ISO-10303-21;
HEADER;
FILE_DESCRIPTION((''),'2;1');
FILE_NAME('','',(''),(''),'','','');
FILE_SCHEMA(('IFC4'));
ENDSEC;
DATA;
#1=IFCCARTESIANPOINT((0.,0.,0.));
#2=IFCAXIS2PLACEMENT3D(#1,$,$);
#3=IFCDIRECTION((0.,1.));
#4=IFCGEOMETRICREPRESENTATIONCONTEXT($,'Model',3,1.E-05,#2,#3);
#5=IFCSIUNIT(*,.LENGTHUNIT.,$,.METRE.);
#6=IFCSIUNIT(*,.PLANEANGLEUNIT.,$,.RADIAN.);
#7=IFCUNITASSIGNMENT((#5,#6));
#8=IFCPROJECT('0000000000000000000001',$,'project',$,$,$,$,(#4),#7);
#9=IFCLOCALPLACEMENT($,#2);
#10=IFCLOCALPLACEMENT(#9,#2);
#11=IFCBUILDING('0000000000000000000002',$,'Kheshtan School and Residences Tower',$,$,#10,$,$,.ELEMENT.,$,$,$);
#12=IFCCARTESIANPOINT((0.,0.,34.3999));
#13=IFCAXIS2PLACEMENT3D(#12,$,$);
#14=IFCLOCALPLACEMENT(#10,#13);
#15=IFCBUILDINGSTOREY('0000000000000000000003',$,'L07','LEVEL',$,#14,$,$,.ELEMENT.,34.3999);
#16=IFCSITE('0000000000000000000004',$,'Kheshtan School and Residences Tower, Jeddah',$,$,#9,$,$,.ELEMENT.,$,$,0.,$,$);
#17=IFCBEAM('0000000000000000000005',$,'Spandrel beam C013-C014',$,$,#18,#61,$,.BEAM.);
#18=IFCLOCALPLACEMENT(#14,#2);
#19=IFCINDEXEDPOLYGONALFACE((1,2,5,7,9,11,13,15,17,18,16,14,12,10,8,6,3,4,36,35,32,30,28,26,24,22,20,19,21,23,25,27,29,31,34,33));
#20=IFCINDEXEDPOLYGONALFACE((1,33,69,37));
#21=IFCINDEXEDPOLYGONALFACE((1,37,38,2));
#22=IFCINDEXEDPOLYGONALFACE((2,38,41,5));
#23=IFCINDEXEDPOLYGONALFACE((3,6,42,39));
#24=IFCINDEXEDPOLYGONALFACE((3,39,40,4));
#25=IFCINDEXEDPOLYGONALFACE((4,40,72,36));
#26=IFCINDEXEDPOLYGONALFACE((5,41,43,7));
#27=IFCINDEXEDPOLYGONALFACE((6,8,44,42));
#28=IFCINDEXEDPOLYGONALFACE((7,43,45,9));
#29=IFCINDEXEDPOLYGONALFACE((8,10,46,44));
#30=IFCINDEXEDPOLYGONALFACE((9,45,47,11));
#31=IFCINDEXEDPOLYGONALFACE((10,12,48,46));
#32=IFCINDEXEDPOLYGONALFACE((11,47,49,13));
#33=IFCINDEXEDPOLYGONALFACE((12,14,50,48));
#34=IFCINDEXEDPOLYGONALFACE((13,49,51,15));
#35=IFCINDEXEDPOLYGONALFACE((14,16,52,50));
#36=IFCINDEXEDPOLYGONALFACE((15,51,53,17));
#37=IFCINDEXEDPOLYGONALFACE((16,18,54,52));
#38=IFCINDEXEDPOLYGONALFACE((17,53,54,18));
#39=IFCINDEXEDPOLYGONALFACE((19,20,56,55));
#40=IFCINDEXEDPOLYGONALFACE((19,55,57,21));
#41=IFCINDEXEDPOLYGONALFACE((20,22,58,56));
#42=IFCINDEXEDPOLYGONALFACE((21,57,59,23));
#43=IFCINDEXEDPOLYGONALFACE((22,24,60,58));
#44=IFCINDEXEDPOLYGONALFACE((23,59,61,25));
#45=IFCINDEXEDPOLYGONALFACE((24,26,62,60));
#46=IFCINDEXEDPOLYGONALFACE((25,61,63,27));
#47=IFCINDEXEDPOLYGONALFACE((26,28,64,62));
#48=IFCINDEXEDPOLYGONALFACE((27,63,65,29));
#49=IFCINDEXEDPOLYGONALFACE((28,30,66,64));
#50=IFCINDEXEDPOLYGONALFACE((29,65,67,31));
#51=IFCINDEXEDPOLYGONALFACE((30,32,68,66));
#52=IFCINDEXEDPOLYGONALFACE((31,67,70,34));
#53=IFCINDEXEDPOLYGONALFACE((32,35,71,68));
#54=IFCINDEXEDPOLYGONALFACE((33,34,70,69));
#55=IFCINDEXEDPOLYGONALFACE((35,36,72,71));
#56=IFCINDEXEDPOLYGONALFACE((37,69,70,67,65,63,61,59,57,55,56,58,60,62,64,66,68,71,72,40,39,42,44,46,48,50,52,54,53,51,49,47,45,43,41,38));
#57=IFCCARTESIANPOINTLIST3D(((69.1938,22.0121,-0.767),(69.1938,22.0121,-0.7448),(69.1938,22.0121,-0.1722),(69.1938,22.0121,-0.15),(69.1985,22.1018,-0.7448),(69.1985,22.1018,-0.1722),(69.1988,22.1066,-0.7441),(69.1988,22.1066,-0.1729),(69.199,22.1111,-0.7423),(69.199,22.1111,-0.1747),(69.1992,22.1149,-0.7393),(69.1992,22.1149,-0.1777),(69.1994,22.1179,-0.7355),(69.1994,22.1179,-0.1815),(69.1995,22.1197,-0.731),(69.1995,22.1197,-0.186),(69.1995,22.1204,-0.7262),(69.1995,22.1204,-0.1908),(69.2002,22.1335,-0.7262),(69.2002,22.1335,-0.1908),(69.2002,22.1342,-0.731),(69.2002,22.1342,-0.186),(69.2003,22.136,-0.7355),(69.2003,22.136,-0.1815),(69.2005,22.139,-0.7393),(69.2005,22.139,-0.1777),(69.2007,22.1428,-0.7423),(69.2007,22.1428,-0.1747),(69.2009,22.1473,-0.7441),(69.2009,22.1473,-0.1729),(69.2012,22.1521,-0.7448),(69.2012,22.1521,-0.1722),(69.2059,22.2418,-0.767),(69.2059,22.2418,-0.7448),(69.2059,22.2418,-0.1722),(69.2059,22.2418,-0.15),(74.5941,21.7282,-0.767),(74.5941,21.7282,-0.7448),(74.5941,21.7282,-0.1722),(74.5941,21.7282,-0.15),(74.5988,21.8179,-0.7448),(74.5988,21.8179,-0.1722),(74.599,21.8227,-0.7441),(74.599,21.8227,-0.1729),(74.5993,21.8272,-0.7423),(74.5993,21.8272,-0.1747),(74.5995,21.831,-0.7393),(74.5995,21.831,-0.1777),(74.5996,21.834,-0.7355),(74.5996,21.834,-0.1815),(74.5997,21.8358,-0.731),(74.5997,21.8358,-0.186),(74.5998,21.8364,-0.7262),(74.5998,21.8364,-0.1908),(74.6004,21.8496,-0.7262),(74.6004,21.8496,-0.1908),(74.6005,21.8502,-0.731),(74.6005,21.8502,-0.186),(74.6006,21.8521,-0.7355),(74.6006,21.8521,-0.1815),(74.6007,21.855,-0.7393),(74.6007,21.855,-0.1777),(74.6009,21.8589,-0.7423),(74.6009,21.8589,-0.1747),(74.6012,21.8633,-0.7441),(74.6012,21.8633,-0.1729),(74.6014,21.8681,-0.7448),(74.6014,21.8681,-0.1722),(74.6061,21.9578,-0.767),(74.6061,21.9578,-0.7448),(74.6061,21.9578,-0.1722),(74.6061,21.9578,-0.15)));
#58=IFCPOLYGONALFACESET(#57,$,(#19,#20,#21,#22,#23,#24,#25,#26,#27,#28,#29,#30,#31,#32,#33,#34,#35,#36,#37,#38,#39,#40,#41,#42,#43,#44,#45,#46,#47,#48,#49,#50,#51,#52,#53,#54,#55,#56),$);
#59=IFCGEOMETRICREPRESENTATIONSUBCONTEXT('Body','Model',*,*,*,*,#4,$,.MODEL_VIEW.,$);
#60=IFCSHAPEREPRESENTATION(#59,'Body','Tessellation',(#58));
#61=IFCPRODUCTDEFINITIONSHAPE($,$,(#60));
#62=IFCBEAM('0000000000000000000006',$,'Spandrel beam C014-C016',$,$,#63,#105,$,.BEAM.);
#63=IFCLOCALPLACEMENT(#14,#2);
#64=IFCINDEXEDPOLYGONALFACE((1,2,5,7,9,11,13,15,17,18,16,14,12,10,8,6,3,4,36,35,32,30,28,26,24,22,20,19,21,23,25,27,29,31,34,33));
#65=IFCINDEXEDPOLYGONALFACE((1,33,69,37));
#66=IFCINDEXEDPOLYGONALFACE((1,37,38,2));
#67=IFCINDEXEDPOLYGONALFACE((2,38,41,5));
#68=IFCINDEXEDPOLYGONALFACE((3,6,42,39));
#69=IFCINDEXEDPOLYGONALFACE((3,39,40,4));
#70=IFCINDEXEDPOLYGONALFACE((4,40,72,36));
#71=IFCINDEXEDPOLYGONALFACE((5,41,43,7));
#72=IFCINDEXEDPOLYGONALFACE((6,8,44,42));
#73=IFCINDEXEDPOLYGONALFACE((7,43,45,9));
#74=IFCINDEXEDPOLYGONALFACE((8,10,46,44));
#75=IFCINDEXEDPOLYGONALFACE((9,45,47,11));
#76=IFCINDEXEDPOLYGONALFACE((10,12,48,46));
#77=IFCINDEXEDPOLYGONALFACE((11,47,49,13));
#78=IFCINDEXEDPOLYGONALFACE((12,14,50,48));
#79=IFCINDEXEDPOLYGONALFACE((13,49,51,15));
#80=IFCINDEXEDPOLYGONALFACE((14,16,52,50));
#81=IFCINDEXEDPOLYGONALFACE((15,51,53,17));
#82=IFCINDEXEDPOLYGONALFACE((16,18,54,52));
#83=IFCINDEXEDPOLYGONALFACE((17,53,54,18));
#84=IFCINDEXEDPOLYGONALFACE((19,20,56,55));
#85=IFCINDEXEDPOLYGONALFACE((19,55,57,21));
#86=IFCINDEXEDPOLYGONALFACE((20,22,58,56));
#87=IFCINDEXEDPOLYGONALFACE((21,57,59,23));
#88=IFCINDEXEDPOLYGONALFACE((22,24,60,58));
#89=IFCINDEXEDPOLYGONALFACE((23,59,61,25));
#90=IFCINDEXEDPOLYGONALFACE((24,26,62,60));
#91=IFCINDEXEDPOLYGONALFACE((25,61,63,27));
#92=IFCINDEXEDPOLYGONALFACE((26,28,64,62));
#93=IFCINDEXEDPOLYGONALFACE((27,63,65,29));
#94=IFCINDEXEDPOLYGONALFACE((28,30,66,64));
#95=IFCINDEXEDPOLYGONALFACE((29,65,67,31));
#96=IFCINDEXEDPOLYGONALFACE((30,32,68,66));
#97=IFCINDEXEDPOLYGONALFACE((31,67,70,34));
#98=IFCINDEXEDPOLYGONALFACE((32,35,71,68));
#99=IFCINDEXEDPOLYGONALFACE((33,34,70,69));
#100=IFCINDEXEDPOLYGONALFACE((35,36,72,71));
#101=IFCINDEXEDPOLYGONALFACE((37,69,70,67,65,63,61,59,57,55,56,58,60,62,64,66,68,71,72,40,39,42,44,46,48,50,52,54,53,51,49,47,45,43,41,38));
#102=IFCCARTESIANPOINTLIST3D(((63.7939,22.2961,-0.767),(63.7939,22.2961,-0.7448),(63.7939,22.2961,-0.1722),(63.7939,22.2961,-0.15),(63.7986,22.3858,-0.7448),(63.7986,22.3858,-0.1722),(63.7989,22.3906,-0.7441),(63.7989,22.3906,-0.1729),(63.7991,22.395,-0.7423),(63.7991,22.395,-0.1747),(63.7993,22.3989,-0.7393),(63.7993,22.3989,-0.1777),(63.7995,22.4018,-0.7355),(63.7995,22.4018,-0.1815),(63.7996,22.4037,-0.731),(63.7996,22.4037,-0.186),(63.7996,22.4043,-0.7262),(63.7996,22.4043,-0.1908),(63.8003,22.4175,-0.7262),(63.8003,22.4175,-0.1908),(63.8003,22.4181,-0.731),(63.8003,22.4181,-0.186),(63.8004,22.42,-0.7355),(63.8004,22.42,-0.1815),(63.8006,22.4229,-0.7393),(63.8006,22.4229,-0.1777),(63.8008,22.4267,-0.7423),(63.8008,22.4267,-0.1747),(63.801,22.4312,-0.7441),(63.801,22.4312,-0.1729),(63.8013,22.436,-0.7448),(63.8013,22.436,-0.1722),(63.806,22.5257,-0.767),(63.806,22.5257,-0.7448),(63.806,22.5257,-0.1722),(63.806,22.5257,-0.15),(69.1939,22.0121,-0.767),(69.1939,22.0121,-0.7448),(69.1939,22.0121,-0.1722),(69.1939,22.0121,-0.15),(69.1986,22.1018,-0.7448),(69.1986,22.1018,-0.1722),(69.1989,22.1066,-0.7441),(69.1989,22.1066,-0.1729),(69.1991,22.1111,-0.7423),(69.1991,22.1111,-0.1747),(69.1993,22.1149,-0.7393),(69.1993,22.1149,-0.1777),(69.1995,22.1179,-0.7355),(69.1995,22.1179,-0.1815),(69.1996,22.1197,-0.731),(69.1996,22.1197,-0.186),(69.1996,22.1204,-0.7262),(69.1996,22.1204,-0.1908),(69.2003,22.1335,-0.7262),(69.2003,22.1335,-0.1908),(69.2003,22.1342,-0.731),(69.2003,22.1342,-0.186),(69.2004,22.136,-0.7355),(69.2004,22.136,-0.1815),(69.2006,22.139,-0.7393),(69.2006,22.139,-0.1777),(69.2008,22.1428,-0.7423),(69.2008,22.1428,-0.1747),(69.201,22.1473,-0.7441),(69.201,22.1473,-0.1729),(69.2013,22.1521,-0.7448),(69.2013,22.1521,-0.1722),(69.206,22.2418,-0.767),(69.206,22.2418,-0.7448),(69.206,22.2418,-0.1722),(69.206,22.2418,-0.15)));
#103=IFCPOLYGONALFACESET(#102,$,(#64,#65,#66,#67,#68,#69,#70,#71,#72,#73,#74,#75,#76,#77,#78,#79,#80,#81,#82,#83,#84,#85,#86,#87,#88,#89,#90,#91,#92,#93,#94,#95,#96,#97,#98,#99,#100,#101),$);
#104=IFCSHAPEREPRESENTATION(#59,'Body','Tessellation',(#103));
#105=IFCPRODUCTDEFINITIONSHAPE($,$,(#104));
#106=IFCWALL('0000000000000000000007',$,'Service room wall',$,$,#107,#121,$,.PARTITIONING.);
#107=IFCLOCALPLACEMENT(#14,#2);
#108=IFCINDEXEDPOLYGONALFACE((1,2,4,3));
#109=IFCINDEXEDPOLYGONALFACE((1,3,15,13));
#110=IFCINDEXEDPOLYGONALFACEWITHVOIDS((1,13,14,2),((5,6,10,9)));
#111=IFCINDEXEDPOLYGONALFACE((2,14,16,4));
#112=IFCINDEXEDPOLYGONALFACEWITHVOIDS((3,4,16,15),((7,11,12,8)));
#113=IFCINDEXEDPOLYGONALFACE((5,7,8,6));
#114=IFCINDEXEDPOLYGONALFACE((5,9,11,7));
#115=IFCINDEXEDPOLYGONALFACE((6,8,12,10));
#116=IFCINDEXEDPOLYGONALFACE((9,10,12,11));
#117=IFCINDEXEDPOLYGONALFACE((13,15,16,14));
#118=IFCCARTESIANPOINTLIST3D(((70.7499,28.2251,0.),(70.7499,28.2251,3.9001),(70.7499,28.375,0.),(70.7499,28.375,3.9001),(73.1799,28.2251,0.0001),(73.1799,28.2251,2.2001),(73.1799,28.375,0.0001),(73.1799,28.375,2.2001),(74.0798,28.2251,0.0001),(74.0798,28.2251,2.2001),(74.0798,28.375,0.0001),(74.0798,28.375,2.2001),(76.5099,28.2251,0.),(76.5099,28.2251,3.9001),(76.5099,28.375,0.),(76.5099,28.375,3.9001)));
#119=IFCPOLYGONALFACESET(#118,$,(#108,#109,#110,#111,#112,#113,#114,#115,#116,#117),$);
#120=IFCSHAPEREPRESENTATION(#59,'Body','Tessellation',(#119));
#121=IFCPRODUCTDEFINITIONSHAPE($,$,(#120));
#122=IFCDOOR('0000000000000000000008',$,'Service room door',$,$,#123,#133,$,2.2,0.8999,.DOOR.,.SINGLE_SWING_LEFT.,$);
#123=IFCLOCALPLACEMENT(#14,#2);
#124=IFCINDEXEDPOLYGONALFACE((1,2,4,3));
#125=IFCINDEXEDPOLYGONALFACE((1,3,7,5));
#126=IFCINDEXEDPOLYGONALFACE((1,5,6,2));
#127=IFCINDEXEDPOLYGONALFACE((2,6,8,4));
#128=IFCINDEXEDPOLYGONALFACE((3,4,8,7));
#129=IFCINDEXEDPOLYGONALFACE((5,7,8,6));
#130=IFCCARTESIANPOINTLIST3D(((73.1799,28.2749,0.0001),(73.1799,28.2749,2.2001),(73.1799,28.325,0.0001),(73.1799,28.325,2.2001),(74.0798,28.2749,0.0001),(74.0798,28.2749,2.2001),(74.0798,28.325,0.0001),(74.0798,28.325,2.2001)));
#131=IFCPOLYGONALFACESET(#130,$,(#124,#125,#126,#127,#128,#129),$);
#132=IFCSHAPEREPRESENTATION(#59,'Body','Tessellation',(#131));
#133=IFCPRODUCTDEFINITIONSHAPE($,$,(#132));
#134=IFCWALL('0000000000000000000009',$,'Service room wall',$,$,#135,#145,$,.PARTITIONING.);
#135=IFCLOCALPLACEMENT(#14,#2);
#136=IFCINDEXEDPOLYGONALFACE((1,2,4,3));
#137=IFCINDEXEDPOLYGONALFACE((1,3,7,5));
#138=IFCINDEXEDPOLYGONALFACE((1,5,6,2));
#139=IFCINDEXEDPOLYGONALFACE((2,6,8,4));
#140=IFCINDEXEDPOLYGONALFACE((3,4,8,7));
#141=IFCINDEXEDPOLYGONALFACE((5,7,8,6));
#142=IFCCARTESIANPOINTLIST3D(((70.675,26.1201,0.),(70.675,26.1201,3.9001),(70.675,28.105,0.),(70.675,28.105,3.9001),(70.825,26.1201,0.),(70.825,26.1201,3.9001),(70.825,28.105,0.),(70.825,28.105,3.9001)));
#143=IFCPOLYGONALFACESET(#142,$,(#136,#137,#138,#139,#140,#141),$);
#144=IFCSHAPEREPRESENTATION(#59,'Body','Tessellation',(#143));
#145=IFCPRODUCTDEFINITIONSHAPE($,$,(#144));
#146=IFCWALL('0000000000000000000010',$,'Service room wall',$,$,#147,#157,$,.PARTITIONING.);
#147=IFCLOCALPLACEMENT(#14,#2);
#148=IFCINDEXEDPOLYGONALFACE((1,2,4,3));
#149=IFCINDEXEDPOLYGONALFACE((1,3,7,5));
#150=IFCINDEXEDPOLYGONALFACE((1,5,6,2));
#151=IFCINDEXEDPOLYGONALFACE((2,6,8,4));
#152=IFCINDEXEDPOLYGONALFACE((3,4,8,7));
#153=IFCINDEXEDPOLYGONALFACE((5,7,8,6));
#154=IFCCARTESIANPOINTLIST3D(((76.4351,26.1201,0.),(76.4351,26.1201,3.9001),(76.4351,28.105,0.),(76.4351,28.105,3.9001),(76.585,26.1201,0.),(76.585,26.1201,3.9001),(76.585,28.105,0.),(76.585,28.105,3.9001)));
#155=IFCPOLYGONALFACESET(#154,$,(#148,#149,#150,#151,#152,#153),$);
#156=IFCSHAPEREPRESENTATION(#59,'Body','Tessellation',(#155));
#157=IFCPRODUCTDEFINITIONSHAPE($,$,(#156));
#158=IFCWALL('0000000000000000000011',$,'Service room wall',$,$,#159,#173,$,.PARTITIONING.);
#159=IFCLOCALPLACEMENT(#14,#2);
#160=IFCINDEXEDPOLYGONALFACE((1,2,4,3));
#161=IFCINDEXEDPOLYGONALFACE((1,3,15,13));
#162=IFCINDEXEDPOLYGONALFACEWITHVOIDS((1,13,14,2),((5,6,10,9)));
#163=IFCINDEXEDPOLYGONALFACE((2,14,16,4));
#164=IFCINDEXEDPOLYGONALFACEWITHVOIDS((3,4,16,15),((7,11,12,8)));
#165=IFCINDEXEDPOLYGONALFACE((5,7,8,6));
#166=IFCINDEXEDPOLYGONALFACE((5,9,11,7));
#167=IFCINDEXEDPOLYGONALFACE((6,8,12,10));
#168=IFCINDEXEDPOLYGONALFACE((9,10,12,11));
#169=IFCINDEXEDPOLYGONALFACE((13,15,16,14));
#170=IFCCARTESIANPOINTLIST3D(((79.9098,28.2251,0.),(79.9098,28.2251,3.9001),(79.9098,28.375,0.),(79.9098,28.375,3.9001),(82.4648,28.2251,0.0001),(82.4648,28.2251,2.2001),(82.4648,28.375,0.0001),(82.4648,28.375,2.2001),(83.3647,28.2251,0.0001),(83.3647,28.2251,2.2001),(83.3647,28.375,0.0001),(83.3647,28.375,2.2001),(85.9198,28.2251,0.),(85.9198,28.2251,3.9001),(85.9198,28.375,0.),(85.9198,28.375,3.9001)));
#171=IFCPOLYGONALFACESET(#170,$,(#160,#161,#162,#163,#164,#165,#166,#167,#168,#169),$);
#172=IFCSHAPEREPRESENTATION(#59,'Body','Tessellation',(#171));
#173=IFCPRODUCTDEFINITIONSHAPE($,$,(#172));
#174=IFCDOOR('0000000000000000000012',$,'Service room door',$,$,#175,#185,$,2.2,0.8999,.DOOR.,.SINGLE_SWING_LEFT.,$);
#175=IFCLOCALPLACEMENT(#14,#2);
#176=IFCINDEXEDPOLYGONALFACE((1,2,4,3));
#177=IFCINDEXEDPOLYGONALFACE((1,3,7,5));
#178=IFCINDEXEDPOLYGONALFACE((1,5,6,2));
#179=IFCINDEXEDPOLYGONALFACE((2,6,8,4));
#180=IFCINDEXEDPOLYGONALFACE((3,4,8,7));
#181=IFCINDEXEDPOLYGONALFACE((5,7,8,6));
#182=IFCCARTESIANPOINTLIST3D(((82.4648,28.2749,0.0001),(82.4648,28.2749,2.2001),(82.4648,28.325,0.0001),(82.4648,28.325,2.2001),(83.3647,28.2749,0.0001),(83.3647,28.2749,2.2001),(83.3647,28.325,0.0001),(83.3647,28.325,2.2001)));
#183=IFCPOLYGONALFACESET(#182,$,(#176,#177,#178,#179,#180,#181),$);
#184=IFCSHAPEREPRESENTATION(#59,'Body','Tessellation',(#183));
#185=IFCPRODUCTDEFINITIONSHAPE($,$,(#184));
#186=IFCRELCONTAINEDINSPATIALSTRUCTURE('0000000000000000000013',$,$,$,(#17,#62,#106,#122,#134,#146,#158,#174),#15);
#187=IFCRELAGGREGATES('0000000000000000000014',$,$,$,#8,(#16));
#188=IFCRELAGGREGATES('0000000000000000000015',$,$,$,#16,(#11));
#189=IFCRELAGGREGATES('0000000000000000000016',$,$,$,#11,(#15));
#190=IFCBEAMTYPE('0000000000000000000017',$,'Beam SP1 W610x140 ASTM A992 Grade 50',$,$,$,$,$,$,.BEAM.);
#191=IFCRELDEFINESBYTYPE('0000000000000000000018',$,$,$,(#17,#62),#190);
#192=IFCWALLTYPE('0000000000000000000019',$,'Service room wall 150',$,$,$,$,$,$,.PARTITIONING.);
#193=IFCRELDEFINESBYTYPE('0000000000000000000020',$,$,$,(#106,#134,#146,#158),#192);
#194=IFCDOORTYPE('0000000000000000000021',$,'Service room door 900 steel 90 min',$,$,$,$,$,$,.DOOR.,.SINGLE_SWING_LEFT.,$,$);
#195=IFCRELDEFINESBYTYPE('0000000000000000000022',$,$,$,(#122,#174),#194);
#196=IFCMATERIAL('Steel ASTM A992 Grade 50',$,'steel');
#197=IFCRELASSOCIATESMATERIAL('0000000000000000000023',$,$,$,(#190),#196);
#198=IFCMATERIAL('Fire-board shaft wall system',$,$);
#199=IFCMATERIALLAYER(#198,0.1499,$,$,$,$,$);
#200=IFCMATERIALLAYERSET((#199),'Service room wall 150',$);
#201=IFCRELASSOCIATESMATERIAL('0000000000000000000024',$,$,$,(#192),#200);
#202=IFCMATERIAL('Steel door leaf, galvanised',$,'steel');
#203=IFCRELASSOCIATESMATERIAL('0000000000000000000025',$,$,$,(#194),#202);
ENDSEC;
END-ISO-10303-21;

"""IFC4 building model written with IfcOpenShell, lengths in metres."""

from ifc_helpers import new_model, si_unit, direction, frame, frame_2d, origin, origin_2d, place, context, subcontext, project, spatial, rectangle, i_section, extrude, source, transform, mapped, material, layer, layer_set, material_profile, profile_set, type_object, element, fill, save


model = new_model("IFC4")

# Units and contexts
model_context = context("Model", 3, precision=1e-05, world=origin(), true_north=direction((0.0, 1.0)))
body_context = subcontext(model_context, "Body", "Model", "MODEL_VIEW")
ifc_project = project(units=[si_unit("LENGTHUNIT", "METRE"), si_unit("PLANEANGLEUNIT", "RADIAN")], contexts=[model_context])

# Site, building, storey
site_placement = place(None, origin())
site = spatial("IfcSite", under=ifc_project, at=site_placement, Name="Kheshtan School and Residences Tower, Jeddah", CompositionType="ELEMENT", RefElevation=0.0)
building_placement = place(site_placement, origin())
building = spatial("IfcBuilding", under=site, at=building_placement, Name="Kheshtan School and Residences Tower", CompositionType="ELEMENT")
storey_placement = place(building_placement, frame((0.0, 0.0, 34.3999)))
storey = spatial("IfcBuildingStorey", under=building, at=storey_placement, Name="L07", Description="LEVEL", CompositionType="ELEMENT", Elevation=34.3999)

# Shared definitions
ifc_material_1 = material(Name="Steel ASTM A992 Grade 50", Category="steel")

# Beams
ifc_material_profile_1 = material_profile(ifc_material_1, i_section(OverallWidth=0.23, OverallDepth=0.6169, WebThickness=0.0132, FlangeThickness=0.0222, FilletRadius=0.0186, at=origin_2d()), Name="W610x140")
ifc_profile_set_1 = profile_set([ifc_material_profile_1], Name="Steel ASTM A992 Grade 50")
beam_type = type_object("IfcBeamType", Name="Beam SP1 W610x140 ASTM A992 Grade 50", PredefinedType="BEAM", material=ifc_profile_set_1)
beam_1_placement = place(storey_placement, frame((74.6001, 21.843, -0.4585), z_axis=(-0.998621, 0.052507, 0.0), x_axis=(-0.052507, -0.998621, 0.0)))
element("IfcBeam", 1, at=beam_1_placement, inside=storey, type_object=beam_type, Name="Spandrel beam C013-C014", PredefinedType="BEAM", context=body_context, shape_type="SweptSolid", body=[
    extrude(i_section(OverallWidth=0.23, OverallDepth=0.6169, WebThickness=0.0132, FlangeThickness=0.0222, FilletRadius=0.0186, at=origin_2d()), origin(), (0.0, 0.0, 1.0), 5.4077),
])
beam_2_placement = place(storey_placement, frame((69.2, 22.127, -0.4585), z_axis=(-0.99862, 0.052509, 0.0), x_axis=(-0.052509, -0.99862, 0.0)))
element("IfcBeam", 2, at=beam_2_placement, inside=storey, type_object=beam_type, Name="Spandrel beam C014-C016", PredefinedType="BEAM", context=body_context, shape_type="SweptSolid", body=[
    extrude(i_section(OverallWidth=0.23, OverallDepth=0.6169, WebThickness=0.0132, FlangeThickness=0.0222, FilletRadius=0.0186, at=origin_2d()), origin(), (0.0, 0.0, 1.0), 5.4075),
])

# Wall, opening, door
ifc_material_2 = material(Name="Fire-board shaft wall system")
ifc_layer_1 = layer(ifc_material_2, 0.1499)
ifc_layer_set_1 = layer_set([ifc_layer_1], Name="Service room wall 150")
wall_type_1 = type_object("IfcWallType", Name="Service room wall 150", PredefinedType="PARTITIONING", material=ifc_layer_set_1)
wall_1_placement = place(storey_placement, frame((70.75, 28.3, 0.0), z_axis=(0.0, 0.0, 1.0), x_axis=(1.0, 0.0, 0.0)))
wall_1 = element("IfcWall", 3, at=wall_1_placement, inside=storey, type_object=wall_type_1, Name="Service room wall", PredefinedType="PARTITIONING", context=body_context, shape_type="SweptSolid", body=[
    extrude(rectangle(XDim=5.76, YDim=0.1499, at=frame_2d((2.8799, 0.0))), origin(), (0.0, 0.0, 1.0), 3.9001),
])
opening_1_placement = place(wall_1_placement, frame((2.4299, 0.0, 0.0)))
opening_1 = element("IfcOpeningElement", 4, at=opening_1_placement, cuts=wall_1, PredefinedType="OPENING", context=body_context, shape_type="SweptSolid", body=[
    extrude(rectangle(XDim=0.8999, YDim=2.2, at=frame_2d((0.45, 1.1001))), frame((0.0, 0.085, 0.0), z_axis=(0.0, -1.0, 0.0), x_axis=(1.0, 0.0, 0.0)), (0.0, 0.0, 1.0), 0.1699),
])
ifc_material_3 = material(Name="Steel door leaf, galvanised", Category="steel")
door_type_1 = type_object("IfcDoorType", Name="Service room door 900 steel 90 min", OperationType="SINGLE_SWING_LEFT", PredefinedType="DOOR", material=ifc_material_3)
shared_shape_1 = source(origin(), body_context, "Body", "SweptSolid", [
    extrude(rectangle(XDim=0.8999, YDim=2.2, at=frame_2d((0.45, 1.1001))), frame((0.0, 0.0249, 0.0), z_axis=(0.0, -1.0, 0.0), x_axis=(1.0, 0.0, 0.0)), (0.0, 0.0, 1.0), 0.05),
])
door_1_placement = place(opening_1_placement, origin())
door_1 = element("IfcDoor", 5, at=door_1_placement, inside=storey, type_object=door_type_1, Name="Service room door", OperationType="SINGLE_SWING_LEFT", OverallHeight=2.2, OverallWidth=0.8999, PredefinedType="DOOR", context=body_context, shape_type="MappedRepresentation", body=[
    mapped(shared_shape_1, transform((0.0, 0.0, 0.0), x_axis=(1.0, 0.0, 0.0), y_axis=(0.0, 1.0, 0.0), z_axis=(0.0, 0.0, 1.0), scale=1.0)),
])
fill(opening_1, door_1)

# Walls
for number, where, z_axis, x_axis, name in (
    (6, (70.75, 26.1201, 0.0), (0.0, 0.0, 1.0), (0.0, 1.0, 0.0), "Service room wall"),
    (7, (76.51, 26.1201, 0.0), (0.0, 0.0, 1.0), (0.0, 1.0, 0.0), "Service room wall"),
):
    element("IfcWall", number, at=place(storey_placement, frame(where, z_axis=z_axis, x_axis=x_axis)), inside=storey, type_object=wall_type_1, Name=name, PredefinedType="PARTITIONING", context=body_context, shape_type="SweptSolid", body=[
        extrude(rectangle(XDim=1.9849, YDim=0.1499, at=frame_2d((0.9924, 0.0))), origin(), (0.0, 0.0, 1.0), 3.9001),
    ])

# Wall, opening, door
wall_2_placement = place(storey_placement, frame((79.9099, 28.3, 0.0), z_axis=(0.0, 0.0, 1.0), x_axis=(1.0, 0.0, 0.0)))
wall_2 = element("IfcWall", 8, at=wall_2_placement, inside=storey, type_object=wall_type_1, Name="Service room wall", PredefinedType="PARTITIONING", context=body_context, shape_type="SweptSolid", body=[
    extrude(rectangle(XDim=6.01, YDim=0.1499, at=frame_2d((3.0049, 0.0))), origin(), (0.0, 0.0, 1.0), 3.9001),
])
opening_2_placement = place(wall_2_placement, frame((2.5549, 0.0, 0.0)))
opening_2 = element("IfcOpeningElement", 9, at=opening_2_placement, cuts=wall_2, PredefinedType="OPENING", context=body_context, shape_type="SweptSolid", body=[
    extrude(rectangle(XDim=0.8999, YDim=2.2, at=frame_2d((0.45, 1.1001))), frame((0.0, 0.085, 0.0), z_axis=(0.0, -1.0, 0.0), x_axis=(1.0, 0.0, 0.0)), (0.0, 0.0, 1.0), 0.1699),
])
door_2_placement = place(opening_2_placement, origin())
door_2 = element("IfcDoor", 10, at=door_2_placement, inside=storey, type_object=door_type_1, Name="Service room door", OperationType="SINGLE_SWING_LEFT", OverallHeight=2.2, OverallWidth=0.8999, PredefinedType="DOOR", context=body_context, shape_type="MappedRepresentation", body=[
    mapped(shared_shape_1, transform((0.0, 0.0, 0.0), x_axis=(1.0, 0.0, 0.0), y_axis=(0.0, 1.0, 0.0), z_axis=(0.0, 0.0, 1.0), scale=1.0)),
])
fill(opening_2, door_2)

save(model, "model.ifc")
